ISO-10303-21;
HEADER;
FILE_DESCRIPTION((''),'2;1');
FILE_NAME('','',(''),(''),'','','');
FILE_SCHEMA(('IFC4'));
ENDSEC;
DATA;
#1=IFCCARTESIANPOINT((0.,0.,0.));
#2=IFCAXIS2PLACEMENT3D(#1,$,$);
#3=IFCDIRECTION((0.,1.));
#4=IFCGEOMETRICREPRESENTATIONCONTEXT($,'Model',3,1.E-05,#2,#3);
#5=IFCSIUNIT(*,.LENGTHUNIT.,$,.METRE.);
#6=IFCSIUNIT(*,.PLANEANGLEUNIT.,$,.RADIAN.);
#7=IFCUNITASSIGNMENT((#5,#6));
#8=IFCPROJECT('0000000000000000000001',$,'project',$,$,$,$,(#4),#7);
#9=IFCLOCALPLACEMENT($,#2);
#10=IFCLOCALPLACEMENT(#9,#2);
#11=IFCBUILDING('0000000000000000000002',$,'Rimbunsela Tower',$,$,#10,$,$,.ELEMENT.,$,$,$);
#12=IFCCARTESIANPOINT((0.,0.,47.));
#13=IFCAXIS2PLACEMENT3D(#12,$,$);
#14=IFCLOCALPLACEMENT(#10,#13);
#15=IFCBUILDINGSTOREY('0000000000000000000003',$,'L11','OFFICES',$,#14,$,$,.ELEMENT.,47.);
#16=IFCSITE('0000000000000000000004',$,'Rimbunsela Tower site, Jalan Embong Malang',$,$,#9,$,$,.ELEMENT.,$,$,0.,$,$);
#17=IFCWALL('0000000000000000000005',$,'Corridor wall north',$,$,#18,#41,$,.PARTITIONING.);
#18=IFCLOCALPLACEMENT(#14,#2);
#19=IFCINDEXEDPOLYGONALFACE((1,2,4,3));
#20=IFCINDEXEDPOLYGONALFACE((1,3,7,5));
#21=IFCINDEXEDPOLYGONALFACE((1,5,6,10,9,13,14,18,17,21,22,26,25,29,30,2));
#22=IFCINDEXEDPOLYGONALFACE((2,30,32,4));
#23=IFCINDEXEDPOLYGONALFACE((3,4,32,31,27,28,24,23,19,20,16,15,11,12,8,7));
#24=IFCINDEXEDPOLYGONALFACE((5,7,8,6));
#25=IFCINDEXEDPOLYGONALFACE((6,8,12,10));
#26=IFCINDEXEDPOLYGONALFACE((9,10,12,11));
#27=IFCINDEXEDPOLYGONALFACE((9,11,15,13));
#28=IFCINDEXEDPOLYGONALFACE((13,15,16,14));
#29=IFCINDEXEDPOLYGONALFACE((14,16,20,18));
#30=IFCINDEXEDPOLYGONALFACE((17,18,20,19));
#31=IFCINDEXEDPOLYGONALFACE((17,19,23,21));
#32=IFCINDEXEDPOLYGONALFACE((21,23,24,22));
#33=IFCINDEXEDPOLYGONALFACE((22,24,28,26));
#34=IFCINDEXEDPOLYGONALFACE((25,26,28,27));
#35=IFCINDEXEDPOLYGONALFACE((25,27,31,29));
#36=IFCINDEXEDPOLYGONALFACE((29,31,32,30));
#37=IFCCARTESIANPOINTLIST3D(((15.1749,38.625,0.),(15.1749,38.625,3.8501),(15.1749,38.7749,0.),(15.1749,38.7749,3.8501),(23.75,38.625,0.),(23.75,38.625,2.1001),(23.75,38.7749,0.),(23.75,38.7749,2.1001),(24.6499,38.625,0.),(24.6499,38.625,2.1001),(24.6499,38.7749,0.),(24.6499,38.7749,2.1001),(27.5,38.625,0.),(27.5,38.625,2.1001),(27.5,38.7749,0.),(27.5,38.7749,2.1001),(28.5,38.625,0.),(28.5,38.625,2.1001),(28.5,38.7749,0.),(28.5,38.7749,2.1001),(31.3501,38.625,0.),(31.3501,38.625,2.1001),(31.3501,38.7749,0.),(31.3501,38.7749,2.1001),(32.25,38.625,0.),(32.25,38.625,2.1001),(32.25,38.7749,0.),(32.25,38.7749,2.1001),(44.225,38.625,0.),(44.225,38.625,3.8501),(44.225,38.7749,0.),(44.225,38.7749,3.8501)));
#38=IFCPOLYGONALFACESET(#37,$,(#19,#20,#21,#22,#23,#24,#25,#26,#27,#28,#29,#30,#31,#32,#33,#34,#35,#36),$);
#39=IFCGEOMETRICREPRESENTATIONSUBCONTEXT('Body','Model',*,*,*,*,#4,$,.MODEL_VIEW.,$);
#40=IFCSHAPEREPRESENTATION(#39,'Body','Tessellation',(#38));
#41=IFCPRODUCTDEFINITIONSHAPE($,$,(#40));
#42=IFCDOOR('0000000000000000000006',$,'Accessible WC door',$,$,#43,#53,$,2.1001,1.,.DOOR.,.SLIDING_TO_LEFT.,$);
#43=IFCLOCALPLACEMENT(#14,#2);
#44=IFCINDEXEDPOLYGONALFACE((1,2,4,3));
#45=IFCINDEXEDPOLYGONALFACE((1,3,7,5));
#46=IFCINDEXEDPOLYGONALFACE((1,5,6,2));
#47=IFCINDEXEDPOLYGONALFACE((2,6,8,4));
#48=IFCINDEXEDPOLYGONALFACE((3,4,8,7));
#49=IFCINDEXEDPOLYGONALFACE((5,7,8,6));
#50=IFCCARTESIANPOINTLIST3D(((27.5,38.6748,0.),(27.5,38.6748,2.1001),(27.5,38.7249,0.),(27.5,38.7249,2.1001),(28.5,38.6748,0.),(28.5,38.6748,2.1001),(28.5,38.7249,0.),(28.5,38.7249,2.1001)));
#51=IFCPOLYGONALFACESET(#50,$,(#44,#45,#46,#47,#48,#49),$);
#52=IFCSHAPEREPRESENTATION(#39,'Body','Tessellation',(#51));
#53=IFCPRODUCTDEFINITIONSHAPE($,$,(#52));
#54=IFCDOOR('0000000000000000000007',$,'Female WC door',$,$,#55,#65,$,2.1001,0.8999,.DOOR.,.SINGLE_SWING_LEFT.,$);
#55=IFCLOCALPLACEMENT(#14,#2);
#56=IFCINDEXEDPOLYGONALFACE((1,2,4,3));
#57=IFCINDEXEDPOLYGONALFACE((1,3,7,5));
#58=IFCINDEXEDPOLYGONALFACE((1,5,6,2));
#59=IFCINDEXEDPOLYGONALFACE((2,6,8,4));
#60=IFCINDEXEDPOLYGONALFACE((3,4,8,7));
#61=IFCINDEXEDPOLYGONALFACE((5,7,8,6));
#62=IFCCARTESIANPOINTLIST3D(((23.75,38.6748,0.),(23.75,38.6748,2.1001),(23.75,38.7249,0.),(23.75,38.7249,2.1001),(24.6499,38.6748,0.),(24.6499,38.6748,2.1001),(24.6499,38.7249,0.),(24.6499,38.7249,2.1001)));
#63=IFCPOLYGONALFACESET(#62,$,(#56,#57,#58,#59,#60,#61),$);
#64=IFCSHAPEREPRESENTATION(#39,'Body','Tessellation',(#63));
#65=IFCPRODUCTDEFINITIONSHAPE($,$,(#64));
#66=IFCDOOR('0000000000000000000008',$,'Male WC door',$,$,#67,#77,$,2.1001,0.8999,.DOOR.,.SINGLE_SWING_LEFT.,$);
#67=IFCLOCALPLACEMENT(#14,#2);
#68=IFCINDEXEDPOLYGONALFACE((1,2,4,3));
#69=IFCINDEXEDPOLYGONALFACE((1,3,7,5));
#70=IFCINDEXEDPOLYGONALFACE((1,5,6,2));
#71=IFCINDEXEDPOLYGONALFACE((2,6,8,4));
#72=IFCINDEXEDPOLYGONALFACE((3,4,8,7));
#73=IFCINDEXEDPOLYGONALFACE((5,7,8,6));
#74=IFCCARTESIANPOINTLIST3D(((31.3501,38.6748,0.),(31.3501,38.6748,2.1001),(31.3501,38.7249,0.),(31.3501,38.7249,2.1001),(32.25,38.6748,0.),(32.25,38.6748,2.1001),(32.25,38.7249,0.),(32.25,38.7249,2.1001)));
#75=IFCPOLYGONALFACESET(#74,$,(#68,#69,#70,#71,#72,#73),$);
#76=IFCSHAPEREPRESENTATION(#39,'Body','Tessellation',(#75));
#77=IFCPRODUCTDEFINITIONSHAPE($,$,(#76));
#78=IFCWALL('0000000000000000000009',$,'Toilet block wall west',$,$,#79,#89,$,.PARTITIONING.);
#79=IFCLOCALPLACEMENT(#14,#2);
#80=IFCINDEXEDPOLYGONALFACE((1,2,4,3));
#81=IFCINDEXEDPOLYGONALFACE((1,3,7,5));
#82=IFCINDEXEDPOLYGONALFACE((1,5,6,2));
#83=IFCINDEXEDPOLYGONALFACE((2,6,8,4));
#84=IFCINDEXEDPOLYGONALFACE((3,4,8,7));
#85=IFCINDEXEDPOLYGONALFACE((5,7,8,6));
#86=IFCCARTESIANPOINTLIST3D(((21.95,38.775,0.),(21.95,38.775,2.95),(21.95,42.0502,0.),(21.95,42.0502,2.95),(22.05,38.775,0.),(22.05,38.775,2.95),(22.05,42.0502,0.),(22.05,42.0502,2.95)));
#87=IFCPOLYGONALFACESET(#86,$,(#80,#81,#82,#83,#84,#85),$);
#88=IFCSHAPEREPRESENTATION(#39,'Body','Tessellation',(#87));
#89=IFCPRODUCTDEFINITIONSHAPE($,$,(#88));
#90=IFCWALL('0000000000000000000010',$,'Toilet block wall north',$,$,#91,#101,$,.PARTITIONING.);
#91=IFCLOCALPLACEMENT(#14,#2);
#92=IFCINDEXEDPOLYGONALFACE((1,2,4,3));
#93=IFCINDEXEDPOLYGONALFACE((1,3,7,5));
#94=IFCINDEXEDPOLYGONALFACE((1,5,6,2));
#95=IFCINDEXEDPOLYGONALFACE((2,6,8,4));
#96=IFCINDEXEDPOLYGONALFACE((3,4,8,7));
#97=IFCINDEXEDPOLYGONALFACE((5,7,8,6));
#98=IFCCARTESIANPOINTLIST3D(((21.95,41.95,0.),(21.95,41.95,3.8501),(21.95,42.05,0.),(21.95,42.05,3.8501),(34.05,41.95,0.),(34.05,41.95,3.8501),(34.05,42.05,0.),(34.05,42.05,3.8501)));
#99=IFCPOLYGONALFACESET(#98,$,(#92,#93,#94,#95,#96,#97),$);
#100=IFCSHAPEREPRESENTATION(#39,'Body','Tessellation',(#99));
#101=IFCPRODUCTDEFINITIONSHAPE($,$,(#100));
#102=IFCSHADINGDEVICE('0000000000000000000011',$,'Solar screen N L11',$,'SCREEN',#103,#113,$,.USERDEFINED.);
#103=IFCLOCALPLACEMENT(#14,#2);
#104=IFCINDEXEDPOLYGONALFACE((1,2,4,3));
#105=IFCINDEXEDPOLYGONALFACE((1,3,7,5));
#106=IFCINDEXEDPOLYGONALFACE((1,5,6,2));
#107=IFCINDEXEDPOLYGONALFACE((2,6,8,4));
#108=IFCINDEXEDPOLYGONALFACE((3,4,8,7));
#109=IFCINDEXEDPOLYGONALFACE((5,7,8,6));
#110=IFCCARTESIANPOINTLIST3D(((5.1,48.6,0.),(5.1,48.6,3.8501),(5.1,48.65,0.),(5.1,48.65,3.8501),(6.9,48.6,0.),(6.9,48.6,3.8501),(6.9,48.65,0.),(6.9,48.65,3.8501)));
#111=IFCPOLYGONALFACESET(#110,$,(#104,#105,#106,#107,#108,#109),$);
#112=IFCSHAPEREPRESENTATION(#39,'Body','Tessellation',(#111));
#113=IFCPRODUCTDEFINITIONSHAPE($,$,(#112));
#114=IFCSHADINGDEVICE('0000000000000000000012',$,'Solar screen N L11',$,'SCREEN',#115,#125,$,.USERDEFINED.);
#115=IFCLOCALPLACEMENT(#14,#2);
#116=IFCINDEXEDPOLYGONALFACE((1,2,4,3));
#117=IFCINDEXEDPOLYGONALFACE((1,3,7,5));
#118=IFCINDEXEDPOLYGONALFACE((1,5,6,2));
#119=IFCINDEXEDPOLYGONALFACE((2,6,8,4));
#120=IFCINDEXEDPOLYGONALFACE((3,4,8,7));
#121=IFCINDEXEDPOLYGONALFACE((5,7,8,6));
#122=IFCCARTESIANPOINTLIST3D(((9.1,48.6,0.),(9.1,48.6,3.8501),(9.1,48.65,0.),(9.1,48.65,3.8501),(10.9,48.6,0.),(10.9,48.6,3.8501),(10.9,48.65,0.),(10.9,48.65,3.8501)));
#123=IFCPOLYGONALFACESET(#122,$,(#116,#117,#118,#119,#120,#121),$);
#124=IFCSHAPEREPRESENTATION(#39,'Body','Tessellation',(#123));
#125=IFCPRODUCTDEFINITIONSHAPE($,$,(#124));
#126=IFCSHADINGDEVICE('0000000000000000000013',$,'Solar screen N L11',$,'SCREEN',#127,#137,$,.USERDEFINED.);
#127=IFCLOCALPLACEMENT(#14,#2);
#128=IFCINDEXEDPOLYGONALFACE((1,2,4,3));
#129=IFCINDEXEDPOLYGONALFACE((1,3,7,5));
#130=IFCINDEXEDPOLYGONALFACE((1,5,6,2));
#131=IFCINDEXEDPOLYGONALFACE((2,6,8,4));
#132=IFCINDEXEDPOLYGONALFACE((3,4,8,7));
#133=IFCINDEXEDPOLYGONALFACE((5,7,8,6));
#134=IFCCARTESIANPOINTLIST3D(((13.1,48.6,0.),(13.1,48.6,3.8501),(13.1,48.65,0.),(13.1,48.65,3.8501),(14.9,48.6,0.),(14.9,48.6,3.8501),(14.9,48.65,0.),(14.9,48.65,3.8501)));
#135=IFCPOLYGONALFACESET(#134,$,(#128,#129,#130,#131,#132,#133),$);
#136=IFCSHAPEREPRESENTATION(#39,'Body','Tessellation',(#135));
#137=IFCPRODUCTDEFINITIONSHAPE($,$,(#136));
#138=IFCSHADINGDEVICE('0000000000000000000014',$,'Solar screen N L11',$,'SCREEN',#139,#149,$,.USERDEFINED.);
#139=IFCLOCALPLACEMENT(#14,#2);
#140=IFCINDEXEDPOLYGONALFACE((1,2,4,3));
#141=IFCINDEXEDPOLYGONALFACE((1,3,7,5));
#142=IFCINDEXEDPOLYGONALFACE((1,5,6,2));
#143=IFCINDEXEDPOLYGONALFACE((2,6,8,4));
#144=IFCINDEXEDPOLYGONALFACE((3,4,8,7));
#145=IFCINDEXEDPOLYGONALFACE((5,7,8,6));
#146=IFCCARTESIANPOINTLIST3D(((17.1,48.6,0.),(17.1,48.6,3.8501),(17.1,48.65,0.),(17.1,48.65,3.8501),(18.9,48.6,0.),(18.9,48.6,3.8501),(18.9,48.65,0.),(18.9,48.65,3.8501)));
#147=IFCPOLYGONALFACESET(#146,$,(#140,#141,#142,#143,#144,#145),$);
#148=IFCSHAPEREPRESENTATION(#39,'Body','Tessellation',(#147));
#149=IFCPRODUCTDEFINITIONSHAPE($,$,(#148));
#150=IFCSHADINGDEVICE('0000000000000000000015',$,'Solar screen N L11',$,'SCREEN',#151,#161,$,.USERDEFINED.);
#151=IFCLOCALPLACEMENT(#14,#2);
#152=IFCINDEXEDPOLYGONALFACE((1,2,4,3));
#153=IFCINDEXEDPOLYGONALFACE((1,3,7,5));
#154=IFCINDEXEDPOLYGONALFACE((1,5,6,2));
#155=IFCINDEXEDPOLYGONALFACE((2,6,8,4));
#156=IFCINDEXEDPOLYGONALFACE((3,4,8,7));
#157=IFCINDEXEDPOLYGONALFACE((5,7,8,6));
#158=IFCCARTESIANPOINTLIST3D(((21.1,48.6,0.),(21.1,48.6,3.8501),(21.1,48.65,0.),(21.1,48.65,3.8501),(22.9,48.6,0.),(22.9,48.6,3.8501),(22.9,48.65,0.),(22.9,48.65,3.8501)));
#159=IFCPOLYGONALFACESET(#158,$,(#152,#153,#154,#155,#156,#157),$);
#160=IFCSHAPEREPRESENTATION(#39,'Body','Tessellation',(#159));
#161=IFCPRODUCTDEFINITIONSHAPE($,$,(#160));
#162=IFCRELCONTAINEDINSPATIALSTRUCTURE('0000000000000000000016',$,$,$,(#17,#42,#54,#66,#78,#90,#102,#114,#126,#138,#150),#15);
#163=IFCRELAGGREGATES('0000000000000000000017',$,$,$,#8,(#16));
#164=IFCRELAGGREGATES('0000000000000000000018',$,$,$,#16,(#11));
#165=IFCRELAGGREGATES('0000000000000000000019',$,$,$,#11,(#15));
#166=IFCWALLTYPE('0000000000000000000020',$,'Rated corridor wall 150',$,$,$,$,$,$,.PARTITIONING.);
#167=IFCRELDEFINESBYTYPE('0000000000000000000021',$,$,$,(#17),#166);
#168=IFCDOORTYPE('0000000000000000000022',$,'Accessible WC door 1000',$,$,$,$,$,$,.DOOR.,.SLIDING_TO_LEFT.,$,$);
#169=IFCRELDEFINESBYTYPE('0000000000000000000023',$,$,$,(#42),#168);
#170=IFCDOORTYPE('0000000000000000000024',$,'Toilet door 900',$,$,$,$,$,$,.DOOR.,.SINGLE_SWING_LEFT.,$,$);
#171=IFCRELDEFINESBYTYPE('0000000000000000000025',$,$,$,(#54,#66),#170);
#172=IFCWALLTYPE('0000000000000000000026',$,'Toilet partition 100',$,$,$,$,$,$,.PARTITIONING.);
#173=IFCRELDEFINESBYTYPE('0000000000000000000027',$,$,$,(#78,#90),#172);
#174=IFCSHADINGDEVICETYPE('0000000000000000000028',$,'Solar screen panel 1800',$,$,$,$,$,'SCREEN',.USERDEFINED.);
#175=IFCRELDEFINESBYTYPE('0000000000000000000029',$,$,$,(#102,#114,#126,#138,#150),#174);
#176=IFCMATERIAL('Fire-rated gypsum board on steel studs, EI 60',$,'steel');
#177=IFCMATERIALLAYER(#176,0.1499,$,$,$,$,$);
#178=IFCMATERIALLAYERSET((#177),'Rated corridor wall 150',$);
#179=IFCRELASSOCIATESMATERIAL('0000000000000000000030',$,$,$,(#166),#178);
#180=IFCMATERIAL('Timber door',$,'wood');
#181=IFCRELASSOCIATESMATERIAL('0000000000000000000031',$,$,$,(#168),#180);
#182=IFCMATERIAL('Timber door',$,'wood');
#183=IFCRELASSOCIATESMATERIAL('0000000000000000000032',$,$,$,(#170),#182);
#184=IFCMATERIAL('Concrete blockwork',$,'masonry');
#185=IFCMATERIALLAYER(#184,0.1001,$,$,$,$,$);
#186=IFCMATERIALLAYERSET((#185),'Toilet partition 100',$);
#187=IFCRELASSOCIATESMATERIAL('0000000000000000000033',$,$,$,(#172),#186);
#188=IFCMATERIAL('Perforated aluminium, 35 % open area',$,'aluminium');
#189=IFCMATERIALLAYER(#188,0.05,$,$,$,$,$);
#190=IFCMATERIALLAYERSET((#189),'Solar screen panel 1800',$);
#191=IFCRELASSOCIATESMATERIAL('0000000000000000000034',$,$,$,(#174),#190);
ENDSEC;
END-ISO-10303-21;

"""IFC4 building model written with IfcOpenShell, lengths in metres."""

from ifc_helpers import new_model, si_unit, direction, frame, frame_2d, origin, origin_2d, place, context, subcontext, project, spatial, rectangle, extrude, material, layer, layer_set, type_object, element, fill, save


model = new_model("IFC4")

# Units and contexts
model_context = context("Model", 3, precision=1e-05, world=origin(), true_north=direction((0.0, 1.0)))
body_context = subcontext(model_context, "Body", "Model", "MODEL_VIEW")
ifc_project = project(units=[si_unit("LENGTHUNIT", "METRE"), si_unit("PLANEANGLEUNIT", "RADIAN")], contexts=[model_context])

# Site, building, storey
site_placement = place(None, origin())
site = spatial("IfcSite", under=ifc_project, at=site_placement, Name="Rimbunsela Tower site, Jalan Embong Malang", CompositionType="ELEMENT", RefElevation=0.0)
building_placement = place(site_placement, origin())
building = spatial("IfcBuilding", under=site, at=building_placement, Name="Rimbunsela Tower", CompositionType="ELEMENT")
storey_placement = place(building_placement, frame((0.0, 0.0, 47.0)))
storey = spatial("IfcBuildingStorey", under=building, at=storey_placement, Name="L11", Description="OFFICES", CompositionType="ELEMENT", Elevation=47.0)

# Wall, openings, doors
ifc_material_1 = material(Name="Fire-rated gypsum board on steel studs, EI 60", Category="steel")
ifc_layer_1 = layer(ifc_material_1, 0.1499)
ifc_layer_set_1 = layer_set([ifc_layer_1], Name="Rated corridor wall 150")
wall_type_1 = type_object("IfcWallType", Name="Rated corridor wall 150", PredefinedType="PARTITIONING", material=ifc_layer_set_1)
wall_1_placement = place(storey_placement, frame((15.175, 38.7, 0.0), z_axis=(0.0, 0.0, 1.0), x_axis=(1.0, 0.0, 0.0)))
wall_1 = element("IfcWall", 1, at=wall_1_placement, inside=storey, type_object=wall_type_1, Name="Corridor wall north", PredefinedType="PARTITIONING", context=body_context, shape_type="SweptSolid", body=[
    extrude(rectangle(XDim=29.05, YDim=0.1499, at=frame_2d((14.5249, 0.0))), origin(), (0.0, 0.0, 1.0), 3.8501),
])
opening_1_placement = place(wall_1_placement, frame((8.575, 0.0, 0.0)))
opening_1 = element("IfcOpeningElement", 2, at=opening_1_placement, cuts=wall_1, PredefinedType="OPENING", context=body_context, shape_type="SweptSolid", body=[
    extrude(rectangle(XDim=0.8999, YDim=2.1001, at=frame_2d((0.45, 1.05))), frame((0.0, 0.085, 0.0), z_axis=(0.0, -1.0, 0.0), x_axis=(1.0, 0.0, 0.0)), (0.0, 0.0, 1.0), 0.1699),
])
opening_2_placement = place(wall_1_placement, frame((12.325, 0.0, 0.0)))
opening_2 = element("IfcOpeningElement", 3, at=opening_2_placement, cuts=wall_1, PredefinedType="OPENING", context=body_context, shape_type="SweptSolid", body=[
    extrude(rectangle(XDim=1.0, YDim=2.1001, at=frame_2d((0.5, 1.05))), frame((0.0, 0.085, 0.0), z_axis=(0.0, -1.0, 0.0), x_axis=(1.0, 0.0, 0.0)), (0.0, 0.0, 1.0), 0.1699),
])
opening_3_placement = place(wall_1_placement, frame((16.175, 0.0, 0.0)))
opening_3 = element("IfcOpeningElement", 4, at=opening_3_placement, cuts=wall_1, PredefinedType="OPENING", context=body_context, shape_type="SweptSolid", body=[
    extrude(rectangle(XDim=0.8999, YDim=2.1001, at=frame_2d((0.45, 1.05))), frame((0.0, 0.085, 0.0), z_axis=(0.0, -1.0, 0.0), x_axis=(1.0, 0.0, 0.0)), (0.0, 0.0, 1.0), 0.1699),
])
ifc_material_2 = material(Name="Timber door", Category="wood")
door_type_1 = type_object("IfcDoorType", Name="Accessible WC door 1000", OperationType="SLIDING_TO_LEFT", PredefinedType="DOOR", material=ifc_material_2)
door_1_placement = place(opening_2_placement, origin())
door_1 = element("IfcDoor", 5, at=door_1_placement, inside=storey, type_object=door_type_1, Name="Accessible WC door", OperationType="SLIDING_TO_LEFT", OverallHeight=2.1001, OverallWidth=1.0, PredefinedType="DOOR", context=body_context, shape_type="SweptSolid", body=[
    extrude(rectangle(XDim=1.0, YDim=2.1001, at=frame_2d((0.5, 1.05))), frame((0.0, 0.0249, 0.0), z_axis=(0.0, -1.0, 0.0), x_axis=(1.0, 0.0, 0.0)), (0.0, 0.0, 1.0), 0.05),
])
fill(opening_2, door_1)
ifc_material_3 = material(Name="Timber door", Category="wood")
door_type_2 = type_object("IfcDoorType", Name="Toilet door 900", OperationType="SINGLE_SWING_LEFT", PredefinedType="DOOR", material=ifc_material_3)
door_2_placement = place(opening_1_placement, origin())
door_2 = element("IfcDoor", 6, at=door_2_placement, inside=storey, type_object=door_type_2, Name="Female WC door", OperationType="SINGLE_SWING_LEFT", OverallHeight=2.1001, OverallWidth=0.8999, PredefinedType="DOOR", context=body_context, shape_type="SweptSolid", body=[
    extrude(rectangle(XDim=0.8999, YDim=2.1001, at=frame_2d((0.45, 1.05))), frame((0.0, 0.0249, 0.0), z_axis=(0.0, -1.0, 0.0), x_axis=(1.0, 0.0, 0.0)), (0.0, 0.0, 1.0), 0.05),
])
fill(opening_1, door_2)
door_3_placement = place(opening_3_placement, origin())
door_3 = element("IfcDoor", 7, at=door_3_placement, inside=storey, type_object=door_type_2, Name="Male WC door", OperationType="SINGLE_SWING_LEFT", OverallHeight=2.1001, OverallWidth=0.8999, PredefinedType="DOOR", context=body_context, shape_type="SweptSolid", body=[
    extrude(rectangle(XDim=0.8999, YDim=2.1001, at=frame_2d((0.45, 1.05))), frame((0.0, 0.0249, 0.0), z_axis=(0.0, -1.0, 0.0), x_axis=(1.0, 0.0, 0.0)), (0.0, 0.0, 1.0), 0.05),
])
fill(opening_3, door_3)

# Walls
ifc_material_4 = material(Name="Concrete blockwork", Category="masonry")
ifc_layer_2 = layer(ifc_material_4, 0.1001)
ifc_layer_set_2 = layer_set([ifc_layer_2], Name="Toilet partition 100")
wall_type_2 = type_object("IfcWallType", Name="Toilet partition 100", PredefinedType="PARTITIONING", material=ifc_layer_set_2)
wall_2_placement = place(storey_placement, frame((22.0, 38.7749, 0.0), z_axis=(0.0, 0.0, 1.0), x_axis=(0.0, 1.0, 0.0)))
element("IfcWall", 8, at=wall_2_placement, inside=storey, type_object=wall_type_2, Name="Toilet block wall west", PredefinedType="PARTITIONING", context=body_context, shape_type="SweptSolid", body=[
    extrude(rectangle(XDim=3.2751, YDim=0.1001, at=frame_2d((1.6377, 0.0))), origin(), (0.0, 0.0, 1.0), 2.95),
])
wall_3_placement = place(storey_placement, frame((21.95, 42.0, 0.0), z_axis=(0.0, 0.0, 1.0), x_axis=(1.0, 0.0, 0.0)))
element("IfcWall", 9, at=wall_3_placement, inside=storey, type_object=wall_type_2, Name="Toilet block wall north", PredefinedType="PARTITIONING", context=body_context, shape_type="SweptSolid", body=[
    extrude(rectangle(XDim=12.1001, YDim=0.1001, at=frame_2d((6.05, 0.0))), origin(), (0.0, 0.0, 1.0), 3.8501),
])

# Shading devices
ifc_material_5 = material(Name="Perforated aluminium, 35 % open area", Category="aluminium")
ifc_layer_3 = layer(ifc_material_5, 0.05)
ifc_layer_set_3 = layer_set([ifc_layer_3], Name="Solar screen panel 1800")
shading_device_type = type_object("IfcShadingDeviceType", Name="Solar screen panel 1800", ElementType="SCREEN", PredefinedType="USERDEFINED", material=ifc_layer_set_3)
for number, where, z_axis, x_axis, name in (
    (10, (6.0, 48.625, 0.0), (0.0, 0.0, 1.0), (1.0, 0.0, 0.0), "Solar screen N L11"),
    (11, (10.0, 48.625, 0.0), (0.0, 0.0, 1.0), (1.0, 0.0, 0.0), "Solar screen N L11"),
    (12, (14.0, 48.625, 0.0), (0.0, 0.0, 1.0), (1.0, 0.0, 0.0), "Solar screen N L11"),
    (13, (18.0, 48.625, 0.0), (0.0, 0.0, 1.0), (1.0, 0.0, 0.0), "Solar screen N L11"),
    (14, (22.0, 48.625, 0.0), (0.0, 0.0, 1.0), (1.0, 0.0, 0.0), "Solar screen N L11"),
):
    element("IfcShadingDevice", number, at=place(storey_placement, frame(where, z_axis=z_axis, x_axis=x_axis)), inside=storey, type_object=shading_device_type, Name=name, ObjectType="SCREEN", PredefinedType="USERDEFINED", context=body_context, shape_type="SweptSolid", body=[
        extrude(rectangle(XDim=1.8, YDim=0.05, at=origin_2d()), origin(), (0.0, 0.0, 1.0), 3.8501),
    ])

save(model, "model.ifc")
